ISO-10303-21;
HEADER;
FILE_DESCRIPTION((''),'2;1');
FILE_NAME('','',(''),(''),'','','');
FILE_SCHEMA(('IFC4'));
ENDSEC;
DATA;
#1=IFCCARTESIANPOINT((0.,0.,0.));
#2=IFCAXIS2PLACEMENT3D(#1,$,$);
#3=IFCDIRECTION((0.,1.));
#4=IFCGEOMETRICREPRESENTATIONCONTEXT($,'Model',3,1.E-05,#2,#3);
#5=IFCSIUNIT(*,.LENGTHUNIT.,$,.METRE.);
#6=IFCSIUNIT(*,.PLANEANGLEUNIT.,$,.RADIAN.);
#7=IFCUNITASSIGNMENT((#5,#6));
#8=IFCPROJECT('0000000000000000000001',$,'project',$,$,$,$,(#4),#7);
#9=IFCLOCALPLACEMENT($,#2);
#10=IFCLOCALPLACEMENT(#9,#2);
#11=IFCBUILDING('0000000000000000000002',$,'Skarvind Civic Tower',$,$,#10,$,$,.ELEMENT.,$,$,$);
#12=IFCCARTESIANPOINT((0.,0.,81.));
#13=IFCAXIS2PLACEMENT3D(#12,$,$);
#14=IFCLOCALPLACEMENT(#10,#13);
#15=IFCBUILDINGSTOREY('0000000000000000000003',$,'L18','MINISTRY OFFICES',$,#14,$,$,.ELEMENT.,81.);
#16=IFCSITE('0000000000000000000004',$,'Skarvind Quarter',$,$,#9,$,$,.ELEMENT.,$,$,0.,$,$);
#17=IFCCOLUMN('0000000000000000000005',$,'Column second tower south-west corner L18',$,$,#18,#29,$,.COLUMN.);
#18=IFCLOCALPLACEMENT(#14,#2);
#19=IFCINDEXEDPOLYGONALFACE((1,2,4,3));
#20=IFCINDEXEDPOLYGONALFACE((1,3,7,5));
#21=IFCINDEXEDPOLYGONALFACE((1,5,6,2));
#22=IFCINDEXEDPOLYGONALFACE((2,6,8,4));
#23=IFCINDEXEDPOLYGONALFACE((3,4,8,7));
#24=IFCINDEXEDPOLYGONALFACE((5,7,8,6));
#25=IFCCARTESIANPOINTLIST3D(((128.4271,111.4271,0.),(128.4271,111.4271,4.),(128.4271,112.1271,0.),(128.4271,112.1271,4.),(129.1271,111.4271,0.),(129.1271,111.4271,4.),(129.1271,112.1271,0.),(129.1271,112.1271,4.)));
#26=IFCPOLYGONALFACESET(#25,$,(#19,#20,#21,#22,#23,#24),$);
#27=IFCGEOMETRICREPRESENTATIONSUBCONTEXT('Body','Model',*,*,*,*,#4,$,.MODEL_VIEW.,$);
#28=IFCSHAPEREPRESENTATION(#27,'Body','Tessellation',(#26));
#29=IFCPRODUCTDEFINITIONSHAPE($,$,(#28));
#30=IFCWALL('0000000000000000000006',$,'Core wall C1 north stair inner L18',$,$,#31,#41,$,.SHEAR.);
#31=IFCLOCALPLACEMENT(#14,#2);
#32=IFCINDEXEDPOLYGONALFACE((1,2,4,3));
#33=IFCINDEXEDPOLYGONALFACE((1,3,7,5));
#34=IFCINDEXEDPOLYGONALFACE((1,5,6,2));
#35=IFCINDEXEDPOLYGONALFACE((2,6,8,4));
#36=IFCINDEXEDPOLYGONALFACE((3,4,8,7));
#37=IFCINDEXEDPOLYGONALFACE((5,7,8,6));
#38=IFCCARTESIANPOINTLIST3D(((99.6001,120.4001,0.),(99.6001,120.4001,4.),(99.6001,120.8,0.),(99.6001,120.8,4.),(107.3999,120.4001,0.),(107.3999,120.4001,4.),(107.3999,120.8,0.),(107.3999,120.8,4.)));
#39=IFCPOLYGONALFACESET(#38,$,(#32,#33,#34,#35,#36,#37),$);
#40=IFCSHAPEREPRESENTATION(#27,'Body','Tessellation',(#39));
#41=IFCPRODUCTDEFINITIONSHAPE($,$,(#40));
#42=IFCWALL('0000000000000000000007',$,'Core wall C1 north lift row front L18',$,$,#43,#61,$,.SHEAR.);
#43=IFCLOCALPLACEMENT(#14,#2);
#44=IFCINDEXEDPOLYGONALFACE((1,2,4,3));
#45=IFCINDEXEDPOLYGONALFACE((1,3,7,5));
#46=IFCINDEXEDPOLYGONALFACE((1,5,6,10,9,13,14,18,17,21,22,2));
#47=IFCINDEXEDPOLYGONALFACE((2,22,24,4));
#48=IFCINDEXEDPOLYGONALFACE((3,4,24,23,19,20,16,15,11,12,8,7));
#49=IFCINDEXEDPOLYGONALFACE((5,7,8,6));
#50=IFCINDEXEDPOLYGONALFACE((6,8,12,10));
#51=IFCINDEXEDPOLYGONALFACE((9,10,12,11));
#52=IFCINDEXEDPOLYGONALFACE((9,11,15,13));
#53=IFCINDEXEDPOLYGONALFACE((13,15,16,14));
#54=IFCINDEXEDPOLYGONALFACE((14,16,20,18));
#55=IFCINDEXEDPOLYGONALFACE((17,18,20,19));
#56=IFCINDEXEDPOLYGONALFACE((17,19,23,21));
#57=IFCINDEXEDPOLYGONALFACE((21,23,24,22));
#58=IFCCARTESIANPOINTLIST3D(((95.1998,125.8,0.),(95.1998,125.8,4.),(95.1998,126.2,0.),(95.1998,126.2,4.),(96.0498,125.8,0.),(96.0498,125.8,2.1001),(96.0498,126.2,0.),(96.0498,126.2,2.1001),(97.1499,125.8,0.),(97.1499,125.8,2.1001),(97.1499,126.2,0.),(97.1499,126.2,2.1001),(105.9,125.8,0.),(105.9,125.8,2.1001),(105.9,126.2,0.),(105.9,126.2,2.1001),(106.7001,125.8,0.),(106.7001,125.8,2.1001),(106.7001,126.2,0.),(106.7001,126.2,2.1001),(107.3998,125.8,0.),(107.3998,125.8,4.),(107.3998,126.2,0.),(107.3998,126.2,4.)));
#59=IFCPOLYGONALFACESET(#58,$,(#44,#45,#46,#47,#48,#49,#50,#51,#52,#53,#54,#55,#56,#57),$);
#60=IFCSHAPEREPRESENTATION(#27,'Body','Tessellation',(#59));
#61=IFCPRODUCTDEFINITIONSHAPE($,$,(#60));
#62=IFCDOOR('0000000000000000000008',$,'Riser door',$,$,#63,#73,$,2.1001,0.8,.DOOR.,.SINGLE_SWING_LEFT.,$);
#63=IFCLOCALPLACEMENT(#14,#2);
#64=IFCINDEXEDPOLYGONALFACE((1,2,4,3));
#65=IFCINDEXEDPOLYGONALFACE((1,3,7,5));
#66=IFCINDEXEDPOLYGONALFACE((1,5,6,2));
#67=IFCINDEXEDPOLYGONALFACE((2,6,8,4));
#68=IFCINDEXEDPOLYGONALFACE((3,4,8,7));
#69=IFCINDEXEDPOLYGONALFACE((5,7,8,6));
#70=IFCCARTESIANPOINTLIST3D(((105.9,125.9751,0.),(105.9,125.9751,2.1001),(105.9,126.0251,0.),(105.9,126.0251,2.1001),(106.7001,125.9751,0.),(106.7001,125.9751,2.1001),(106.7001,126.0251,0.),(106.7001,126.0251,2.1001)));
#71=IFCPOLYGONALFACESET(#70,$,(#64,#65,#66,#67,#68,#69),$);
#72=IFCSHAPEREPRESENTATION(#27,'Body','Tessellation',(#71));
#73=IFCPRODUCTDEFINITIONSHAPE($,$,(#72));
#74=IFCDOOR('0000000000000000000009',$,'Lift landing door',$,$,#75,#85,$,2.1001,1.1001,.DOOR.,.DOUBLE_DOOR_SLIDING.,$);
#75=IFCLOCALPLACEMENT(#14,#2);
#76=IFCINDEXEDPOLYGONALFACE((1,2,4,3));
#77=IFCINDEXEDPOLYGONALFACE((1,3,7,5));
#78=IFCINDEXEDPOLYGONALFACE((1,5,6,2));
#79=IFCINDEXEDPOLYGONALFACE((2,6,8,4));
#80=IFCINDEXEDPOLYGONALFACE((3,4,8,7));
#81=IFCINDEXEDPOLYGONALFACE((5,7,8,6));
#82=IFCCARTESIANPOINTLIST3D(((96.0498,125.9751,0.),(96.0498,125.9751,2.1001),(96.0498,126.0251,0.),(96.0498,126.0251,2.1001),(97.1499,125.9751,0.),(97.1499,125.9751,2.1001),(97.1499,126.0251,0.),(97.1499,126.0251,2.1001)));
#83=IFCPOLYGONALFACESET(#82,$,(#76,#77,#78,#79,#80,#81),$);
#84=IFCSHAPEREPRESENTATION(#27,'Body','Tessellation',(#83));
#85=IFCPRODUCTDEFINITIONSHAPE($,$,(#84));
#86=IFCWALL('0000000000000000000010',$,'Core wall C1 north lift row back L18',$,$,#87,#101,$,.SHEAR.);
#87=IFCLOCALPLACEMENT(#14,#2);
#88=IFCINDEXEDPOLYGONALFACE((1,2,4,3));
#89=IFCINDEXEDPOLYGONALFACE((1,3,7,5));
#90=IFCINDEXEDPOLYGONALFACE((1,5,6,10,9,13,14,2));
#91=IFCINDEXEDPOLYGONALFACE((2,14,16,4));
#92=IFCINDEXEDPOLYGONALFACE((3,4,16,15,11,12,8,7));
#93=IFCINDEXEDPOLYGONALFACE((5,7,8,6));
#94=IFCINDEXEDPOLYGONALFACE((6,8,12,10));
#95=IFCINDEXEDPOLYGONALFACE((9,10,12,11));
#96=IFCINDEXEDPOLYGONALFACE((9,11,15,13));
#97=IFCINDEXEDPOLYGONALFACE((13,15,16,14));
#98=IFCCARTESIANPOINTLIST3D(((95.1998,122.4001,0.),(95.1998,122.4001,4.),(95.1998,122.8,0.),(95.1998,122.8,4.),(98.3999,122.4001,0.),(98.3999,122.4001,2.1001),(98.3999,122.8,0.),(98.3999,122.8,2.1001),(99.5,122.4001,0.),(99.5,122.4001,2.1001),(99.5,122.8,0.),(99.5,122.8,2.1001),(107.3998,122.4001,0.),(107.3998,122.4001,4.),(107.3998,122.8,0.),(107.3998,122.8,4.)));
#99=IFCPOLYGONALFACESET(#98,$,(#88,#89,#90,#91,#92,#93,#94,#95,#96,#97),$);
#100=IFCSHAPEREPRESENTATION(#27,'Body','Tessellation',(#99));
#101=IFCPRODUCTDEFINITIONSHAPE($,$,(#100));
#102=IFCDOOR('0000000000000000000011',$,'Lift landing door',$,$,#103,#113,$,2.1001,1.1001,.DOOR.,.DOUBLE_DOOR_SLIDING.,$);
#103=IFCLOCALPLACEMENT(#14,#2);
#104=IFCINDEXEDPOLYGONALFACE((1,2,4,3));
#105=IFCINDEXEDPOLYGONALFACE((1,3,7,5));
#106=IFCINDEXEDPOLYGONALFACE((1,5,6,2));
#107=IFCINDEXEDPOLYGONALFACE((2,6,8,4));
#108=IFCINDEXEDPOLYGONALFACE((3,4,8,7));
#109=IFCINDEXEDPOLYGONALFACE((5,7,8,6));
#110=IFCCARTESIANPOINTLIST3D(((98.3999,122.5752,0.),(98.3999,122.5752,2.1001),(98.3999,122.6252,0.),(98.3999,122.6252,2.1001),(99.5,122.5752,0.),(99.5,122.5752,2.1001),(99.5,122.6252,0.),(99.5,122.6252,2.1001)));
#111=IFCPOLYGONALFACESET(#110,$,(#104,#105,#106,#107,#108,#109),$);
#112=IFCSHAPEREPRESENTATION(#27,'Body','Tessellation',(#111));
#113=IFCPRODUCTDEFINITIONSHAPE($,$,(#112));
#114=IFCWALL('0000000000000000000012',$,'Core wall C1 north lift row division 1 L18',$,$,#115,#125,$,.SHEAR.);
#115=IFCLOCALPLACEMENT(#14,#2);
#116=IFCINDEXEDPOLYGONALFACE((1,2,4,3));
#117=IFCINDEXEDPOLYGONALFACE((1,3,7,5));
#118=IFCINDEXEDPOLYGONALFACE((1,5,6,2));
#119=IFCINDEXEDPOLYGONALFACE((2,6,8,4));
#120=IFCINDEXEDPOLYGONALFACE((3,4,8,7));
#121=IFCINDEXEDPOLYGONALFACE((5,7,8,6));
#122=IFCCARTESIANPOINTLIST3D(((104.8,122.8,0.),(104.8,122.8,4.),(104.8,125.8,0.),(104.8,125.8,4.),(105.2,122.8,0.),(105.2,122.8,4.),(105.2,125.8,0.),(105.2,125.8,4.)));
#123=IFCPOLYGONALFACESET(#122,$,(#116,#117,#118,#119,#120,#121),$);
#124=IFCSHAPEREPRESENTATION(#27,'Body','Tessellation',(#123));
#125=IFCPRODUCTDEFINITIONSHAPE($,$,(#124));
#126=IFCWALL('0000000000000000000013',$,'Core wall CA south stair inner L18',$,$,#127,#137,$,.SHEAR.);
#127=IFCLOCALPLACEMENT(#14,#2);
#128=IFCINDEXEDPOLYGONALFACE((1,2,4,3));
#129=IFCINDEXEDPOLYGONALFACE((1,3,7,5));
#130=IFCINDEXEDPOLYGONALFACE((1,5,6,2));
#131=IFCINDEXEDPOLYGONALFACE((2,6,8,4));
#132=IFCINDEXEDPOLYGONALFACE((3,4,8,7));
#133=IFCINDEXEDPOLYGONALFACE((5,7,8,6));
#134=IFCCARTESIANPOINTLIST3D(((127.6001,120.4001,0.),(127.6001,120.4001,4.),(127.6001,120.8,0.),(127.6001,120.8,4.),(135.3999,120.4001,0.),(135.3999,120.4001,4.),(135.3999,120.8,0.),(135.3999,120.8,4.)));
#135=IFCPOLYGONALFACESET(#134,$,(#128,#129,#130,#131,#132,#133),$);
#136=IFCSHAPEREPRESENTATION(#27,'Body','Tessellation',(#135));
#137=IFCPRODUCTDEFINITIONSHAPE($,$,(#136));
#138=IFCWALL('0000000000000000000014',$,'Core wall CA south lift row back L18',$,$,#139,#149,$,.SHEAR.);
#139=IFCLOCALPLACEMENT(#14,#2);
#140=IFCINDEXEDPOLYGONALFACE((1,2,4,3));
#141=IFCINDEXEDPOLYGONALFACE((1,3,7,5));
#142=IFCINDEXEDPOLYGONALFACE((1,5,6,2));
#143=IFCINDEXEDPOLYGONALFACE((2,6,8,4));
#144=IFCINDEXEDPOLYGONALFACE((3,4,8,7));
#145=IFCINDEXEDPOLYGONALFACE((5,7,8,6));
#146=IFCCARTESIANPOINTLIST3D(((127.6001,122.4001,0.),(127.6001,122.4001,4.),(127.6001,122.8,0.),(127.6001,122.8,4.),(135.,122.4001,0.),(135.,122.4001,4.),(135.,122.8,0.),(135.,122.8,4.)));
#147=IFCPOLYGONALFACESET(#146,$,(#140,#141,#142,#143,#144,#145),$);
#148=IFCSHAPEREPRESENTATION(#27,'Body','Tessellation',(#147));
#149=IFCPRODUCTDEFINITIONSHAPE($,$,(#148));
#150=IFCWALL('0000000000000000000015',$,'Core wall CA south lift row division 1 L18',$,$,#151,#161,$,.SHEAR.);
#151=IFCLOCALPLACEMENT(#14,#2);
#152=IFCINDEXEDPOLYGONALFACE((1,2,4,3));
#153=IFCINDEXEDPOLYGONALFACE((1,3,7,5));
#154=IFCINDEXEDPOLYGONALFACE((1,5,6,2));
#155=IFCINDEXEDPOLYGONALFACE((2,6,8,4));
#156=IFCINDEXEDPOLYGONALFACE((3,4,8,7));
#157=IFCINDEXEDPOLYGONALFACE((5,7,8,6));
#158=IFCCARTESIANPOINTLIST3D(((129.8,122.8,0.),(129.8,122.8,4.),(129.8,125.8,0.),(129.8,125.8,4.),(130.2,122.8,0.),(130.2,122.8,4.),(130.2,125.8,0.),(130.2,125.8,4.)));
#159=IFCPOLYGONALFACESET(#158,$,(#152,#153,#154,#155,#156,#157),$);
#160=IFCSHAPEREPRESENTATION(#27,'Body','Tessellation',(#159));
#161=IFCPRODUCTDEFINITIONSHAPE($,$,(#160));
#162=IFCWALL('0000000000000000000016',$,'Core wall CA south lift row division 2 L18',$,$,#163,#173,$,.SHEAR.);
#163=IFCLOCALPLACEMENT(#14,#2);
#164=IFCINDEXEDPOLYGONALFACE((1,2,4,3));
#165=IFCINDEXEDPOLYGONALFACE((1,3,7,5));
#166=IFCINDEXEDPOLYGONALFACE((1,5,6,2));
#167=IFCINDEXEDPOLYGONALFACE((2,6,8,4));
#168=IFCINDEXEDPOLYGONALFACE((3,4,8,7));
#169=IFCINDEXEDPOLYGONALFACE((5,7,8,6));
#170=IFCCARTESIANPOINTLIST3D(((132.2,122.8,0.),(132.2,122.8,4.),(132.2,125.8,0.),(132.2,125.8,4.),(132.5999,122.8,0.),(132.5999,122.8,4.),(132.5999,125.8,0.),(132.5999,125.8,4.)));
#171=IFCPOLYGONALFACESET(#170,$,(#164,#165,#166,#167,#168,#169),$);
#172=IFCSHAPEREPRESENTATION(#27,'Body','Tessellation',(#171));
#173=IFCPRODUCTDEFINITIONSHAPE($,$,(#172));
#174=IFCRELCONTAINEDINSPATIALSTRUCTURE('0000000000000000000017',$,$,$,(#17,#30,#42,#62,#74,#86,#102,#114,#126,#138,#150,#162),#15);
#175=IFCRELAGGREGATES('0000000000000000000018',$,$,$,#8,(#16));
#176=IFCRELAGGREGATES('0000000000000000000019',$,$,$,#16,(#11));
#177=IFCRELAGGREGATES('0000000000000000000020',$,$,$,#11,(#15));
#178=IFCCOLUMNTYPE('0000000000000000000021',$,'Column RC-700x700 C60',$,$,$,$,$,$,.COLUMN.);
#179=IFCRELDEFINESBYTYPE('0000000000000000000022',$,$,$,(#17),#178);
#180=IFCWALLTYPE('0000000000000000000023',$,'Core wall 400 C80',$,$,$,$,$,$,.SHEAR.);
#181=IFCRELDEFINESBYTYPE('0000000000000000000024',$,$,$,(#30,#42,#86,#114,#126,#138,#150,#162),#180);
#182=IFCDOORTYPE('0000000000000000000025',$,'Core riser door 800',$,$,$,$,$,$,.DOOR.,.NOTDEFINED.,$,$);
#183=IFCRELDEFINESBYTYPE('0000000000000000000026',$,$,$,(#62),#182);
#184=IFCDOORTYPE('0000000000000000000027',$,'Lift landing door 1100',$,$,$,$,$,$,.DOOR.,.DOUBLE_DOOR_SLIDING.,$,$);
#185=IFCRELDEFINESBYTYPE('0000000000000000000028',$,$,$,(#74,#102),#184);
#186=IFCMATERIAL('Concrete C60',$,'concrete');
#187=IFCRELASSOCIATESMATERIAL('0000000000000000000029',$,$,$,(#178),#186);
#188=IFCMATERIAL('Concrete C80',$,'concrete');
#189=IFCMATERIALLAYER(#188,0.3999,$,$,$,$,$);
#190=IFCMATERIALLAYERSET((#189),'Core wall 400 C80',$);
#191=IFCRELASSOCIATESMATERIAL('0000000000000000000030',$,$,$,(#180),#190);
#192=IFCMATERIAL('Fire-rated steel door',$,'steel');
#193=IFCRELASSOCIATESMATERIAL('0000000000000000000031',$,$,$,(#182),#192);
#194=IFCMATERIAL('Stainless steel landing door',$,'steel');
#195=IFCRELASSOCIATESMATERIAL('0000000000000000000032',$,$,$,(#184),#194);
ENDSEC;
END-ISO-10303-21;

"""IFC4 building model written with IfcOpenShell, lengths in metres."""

from ifc_helpers import new_model, si_unit, direction, frame, frame_2d, origin, origin_2d, place, context, subcontext, project, spatial, rectangle, extrude, material, layer, layer_set, material_profile, profile_set, type_object, element, fill, save


model = new_model("IFC4")

# Units and contexts
model_context = context("Model", 3, precision=1e-05, world=origin(), true_north=direction((0.0, 1.0)))
body_context = subcontext(model_context, "Body", "Model", "MODEL_VIEW")
ifc_project = project(units=[si_unit("LENGTHUNIT", "METRE"), si_unit("PLANEANGLEUNIT", "RADIAN")], contexts=[model_context])

# Site, building, storey
site_placement = place(None, origin())
site = spatial("IfcSite", under=ifc_project, at=site_placement, Name="Skarvind Quarter", CompositionType="ELEMENT", RefElevation=0.0)
building_placement = place(site_placement, origin())
building = spatial("IfcBuilding", under=site, at=building_placement, Name="Skarvind Civic Tower", CompositionType="ELEMENT")
storey_placement = place(building_placement, frame((0.0, 0.0, 81.0)))
storey = spatial("IfcBuildingStorey", under=building, at=storey_placement, Name="L18", Description="MINISTRY OFFICES", CompositionType="ELEMENT", Elevation=81.0)

# Column
ifc_material_1 = material(Name="Concrete C60", Category="concrete")
ifc_material_profile = material_profile(ifc_material_1, rectangle(XDim=0.7, YDim=0.7, at=origin_2d()), Name="RC-700x700")
ifc_profile_set = profile_set([ifc_material_profile], Name="Concrete C60")
column_type = type_object("IfcColumnType", Name="Column RC-700x700 C60", PredefinedType="COLUMN", material=ifc_profile_set)
column_placement = place(storey_placement, frame((128.7771, 111.7771, 0.0), z_axis=(0.0, 0.0, 1.0), x_axis=(1.0, 0.0, 0.0)))
element("IfcColumn", 1, at=column_placement, inside=storey, type_object=column_type, Name="Column second tower south-west corner L18", PredefinedType="COLUMN", context=body_context, shape_type="SweptSolid", body=[
    extrude(rectangle(XDim=0.7, YDim=0.7, at=origin_2d()), origin(), (0.0, 0.0, 1.0), 4.0),
])

# Wall
ifc_material_2 = material(Name="Concrete C80", Category="concrete")
ifc_layer_1 = layer(ifc_material_2, 0.3999)
ifc_layer_set_1 = layer_set([ifc_layer_1], Name="Core wall 400 C80")
wall_type_1 = type_object("IfcWallType", Name="Core wall 400 C80", PredefinedType="SHEAR", material=ifc_layer_set_1)
wall_1_placement = place(storey_placement, frame((107.3999, 120.6001, 0.0), z_axis=(0.0, 0.0, 1.0), x_axis=(-1.0, 0.0, 0.0)))
element("IfcWall", 2, at=wall_1_placement, inside=storey, type_object=wall_type_1, Name="Core wall C1 north stair inner L18", PredefinedType="SHEAR", context=body_context, shape_type="SweptSolid", body=[
    extrude(rectangle(XDim=7.7998, YDim=0.3999, at=frame_2d((3.8999, 0.0))), origin(), (0.0, 0.0, 1.0), 4.0),
])

# Wall, openings, doors
wall_2_placement = place(storey_placement, frame((107.3999, 126.0, 0.0), z_axis=(0.0, 0.0, 1.0), x_axis=(-1.0, 0.0, 0.0)))
wall_2 = element("IfcWall", 3, at=wall_2_placement, inside=storey, type_object=wall_type_1, Name="Core wall C1 north lift row front L18", PredefinedType="SHEAR", context=body_context, shape_type="SweptSolid", body=[
    extrude(rectangle(XDim=12.2, YDim=0.3999, at=frame_2d((6.1001, 0.0))), origin(), (0.0, 0.0, 1.0), 4.0),
])
opening_1_placement = place(wall_2_placement, frame((10.25, 0.0, 0.0)))
opening_1 = element("IfcOpeningElement", 4, at=opening_1_placement, cuts=wall_2, PredefinedType="OPENING", context=body_context, shape_type="SweptSolid", body=[
    extrude(rectangle(XDim=1.1001, YDim=2.1001, at=frame_2d((0.55, 1.05))), frame((0.0, 0.21, 0.0), z_axis=(0.0, -1.0, 0.0), x_axis=(1.0, 0.0, 0.0)), (0.0, 0.0, 1.0), 0.4199),
])
opening_2_placement = place(wall_2_placement, frame((0.7, 0.0, 0.0)))
opening_2 = element("IfcOpeningElement", 5, at=opening_2_placement, cuts=wall_2, PredefinedType="OPENING", context=body_context, shape_type="SweptSolid", body=[
    extrude(rectangle(XDim=0.8, YDim=2.1001, at=frame_2d((0.3999, 1.05))), frame((0.0, 0.21, 0.0), z_axis=(0.0, -1.0, 0.0), x_axis=(1.0, 0.0, 0.0)), (0.0, 0.0, 1.0), 0.4199),
])
ifc_material_3 = material(Name="Fire-rated steel door", Category="steel")
door_type_1 = type_object("IfcDoorType", Name="Core riser door 800", OperationType="NOTDEFINED", PredefinedType="DOOR", material=ifc_material_3)
door_1_placement = place(opening_2_placement, origin())
door_1 = element("IfcDoor", 6, at=door_1_placement, inside=storey, type_object=door_type_1, Name="Riser door", OperationType="SINGLE_SWING_LEFT", OverallHeight=2.1001, OverallWidth=0.8, PredefinedType="DOOR", context=body_context, shape_type="SweptSolid", body=[
    extrude(rectangle(XDim=0.8, YDim=2.1001, at=frame_2d((0.3999, 1.05))), frame((0.0, 0.0249, 0.0), z_axis=(0.0, -1.0, 0.0), x_axis=(1.0, 0.0, 0.0)), (0.0, 0.0, 1.0), 0.05),
])
fill(opening_2, door_1)
ifc_material_4 = material(Name="Stainless steel landing door", Category="steel")
door_type_2 = type_object("IfcDoorType", Name="Lift landing door 1100", OperationType="DOUBLE_DOOR_SLIDING", PredefinedType="DOOR", material=ifc_material_4)
door_2_placement = place(opening_1_placement, origin())
door_2 = element("IfcDoor", 7, at=door_2_placement, inside=storey, type_object=door_type_2, Name="Lift landing door", OperationType="DOUBLE_DOOR_SLIDING", OverallHeight=2.1001, OverallWidth=1.1001, PredefinedType="DOOR", context=body_context, shape_type="SweptSolid", body=[
    extrude(rectangle(XDim=1.1001, YDim=2.1001, at=frame_2d((0.55, 1.05))), frame((0.0, 0.0249, 0.0), z_axis=(0.0, -1.0, 0.0), x_axis=(1.0, 0.0, 0.0)), (0.0, 0.0, 1.0), 0.05),
])
fill(opening_1, door_2)

# Wall, opening, door
wall_3_placement = place(storey_placement, frame((107.3999, 122.6001, 0.0), z_axis=(0.0, 0.0, 1.0), x_axis=(-1.0, 0.0, 0.0)))
wall_3 = element("IfcWall", 8, at=wall_3_placement, inside=storey, type_object=wall_type_1, Name="Core wall C1 north lift row back L18", PredefinedType="SHEAR", context=body_context, shape_type="SweptSolid", body=[
    extrude(rectangle(XDim=12.2, YDim=0.3999, at=frame_2d((6.1001, 0.0))), origin(), (0.0, 0.0, 1.0), 4.0),
])
opening_3_placement = place(wall_3_placement, frame((7.8999, 0.0, 0.0)))
opening_3 = element("IfcOpeningElement", 9, at=opening_3_placement, cuts=wall_3, PredefinedType="OPENING", context=body_context, shape_type="SweptSolid", body=[
    extrude(rectangle(XDim=1.1001, YDim=2.1001, at=frame_2d((0.55, 1.05))), frame((0.0, 0.21, 0.0), z_axis=(0.0, -1.0, 0.0), x_axis=(1.0, 0.0, 0.0)), (0.0, 0.0, 1.0), 0.4199),
])
door_3_placement = place(opening_3_placement, origin())
door_3 = element("IfcDoor", 10, at=door_3_placement, inside=storey, type_object=door_type_2, Name="Lift landing door", OperationType="DOUBLE_DOOR_SLIDING", OverallHeight=2.1001, OverallWidth=1.1001, PredefinedType="DOOR", context=body_context, shape_type="SweptSolid", body=[
    extrude(rectangle(XDim=1.1001, YDim=2.1001, at=frame_2d((0.55, 1.05))), frame((0.0, 0.0249, 0.0), z_axis=(0.0, -1.0, 0.0), x_axis=(1.0, 0.0, 0.0)), (0.0, 0.0, 1.0), 0.05),
])
fill(opening_3, door_3)

# Walls
wall_4_placement = place(storey_placement, frame((105.0, 125.8, 0.0), z_axis=(0.0, 0.0, 1.0), x_axis=(0.0, -1.0, 0.0)))
element("IfcWall", 11, at=wall_4_placement, inside=storey, type_object=wall_type_1, Name="Core wall C1 north lift row division 1 L18", PredefinedType="SHEAR", context=body_context, shape_type="SweptSolid", body=[
    extrude(rectangle(XDim=3.0, YDim=0.3999, at=frame_2d((1.5, 0.0))), origin(), (0.0, 0.0, 1.0), 4.0),
])
wall_5_placement = place(storey_placement, frame((127.6001, 120.6001, 0.0), z_axis=(0.0, 0.0, 1.0), x_axis=(1.0, 0.0, 0.0)))
element("IfcWall", 12, at=wall_5_placement, inside=storey, type_object=wall_type_1, Name="Core wall CA south stair inner L18", PredefinedType="SHEAR", context=body_context, shape_type="SweptSolid", body=[
    extrude(rectangle(XDim=7.7998, YDim=0.3999, at=frame_2d((3.8999, 0.0))), origin(), (0.0, 0.0, 1.0), 4.0),
])
wall_6_placement = place(storey_placement, frame((127.6001, 122.6001, 0.0), z_axis=(0.0, 0.0, 1.0), x_axis=(1.0, 0.0, 0.0)))
element("IfcWall", 13, at=wall_6_placement, inside=storey, type_object=wall_type_1, Name="Core wall CA south lift row back L18", PredefinedType="SHEAR", context=body_context, shape_type="SweptSolid", body=[
    extrude(rectangle(XDim=7.3999, YDim=0.3999, at=frame_2d((3.7, 0.0))), origin(), (0.0, 0.0, 1.0), 4.0),
])
for number, where, z_axis, x_axis, name in (
    (14, (130.0, 122.8, 0.0), (0.0, 0.0, 1.0), (0.0, 1.0, 0.0), "Core wall CA south lift row division 1 L18"),
    (15, (132.3999, 122.8, 0.0), (0.0, 0.0, 1.0), (0.0, 1.0, 0.0), "Core wall CA south lift row division 2 L18"),
):
    element("IfcWall", number, at=place(storey_placement, frame(where, z_axis=z_axis, x_axis=x_axis)), inside=storey, type_object=wall_type_1, Name=name, PredefinedType="SHEAR", context=body_context, shape_type="SweptSolid", body=[
        extrude(rectangle(XDim=3.0, YDim=0.3999, at=frame_2d((1.5, 0.0))), origin(), (0.0, 0.0, 1.0), 4.0),
    ])

save(model, "model.ifc")
